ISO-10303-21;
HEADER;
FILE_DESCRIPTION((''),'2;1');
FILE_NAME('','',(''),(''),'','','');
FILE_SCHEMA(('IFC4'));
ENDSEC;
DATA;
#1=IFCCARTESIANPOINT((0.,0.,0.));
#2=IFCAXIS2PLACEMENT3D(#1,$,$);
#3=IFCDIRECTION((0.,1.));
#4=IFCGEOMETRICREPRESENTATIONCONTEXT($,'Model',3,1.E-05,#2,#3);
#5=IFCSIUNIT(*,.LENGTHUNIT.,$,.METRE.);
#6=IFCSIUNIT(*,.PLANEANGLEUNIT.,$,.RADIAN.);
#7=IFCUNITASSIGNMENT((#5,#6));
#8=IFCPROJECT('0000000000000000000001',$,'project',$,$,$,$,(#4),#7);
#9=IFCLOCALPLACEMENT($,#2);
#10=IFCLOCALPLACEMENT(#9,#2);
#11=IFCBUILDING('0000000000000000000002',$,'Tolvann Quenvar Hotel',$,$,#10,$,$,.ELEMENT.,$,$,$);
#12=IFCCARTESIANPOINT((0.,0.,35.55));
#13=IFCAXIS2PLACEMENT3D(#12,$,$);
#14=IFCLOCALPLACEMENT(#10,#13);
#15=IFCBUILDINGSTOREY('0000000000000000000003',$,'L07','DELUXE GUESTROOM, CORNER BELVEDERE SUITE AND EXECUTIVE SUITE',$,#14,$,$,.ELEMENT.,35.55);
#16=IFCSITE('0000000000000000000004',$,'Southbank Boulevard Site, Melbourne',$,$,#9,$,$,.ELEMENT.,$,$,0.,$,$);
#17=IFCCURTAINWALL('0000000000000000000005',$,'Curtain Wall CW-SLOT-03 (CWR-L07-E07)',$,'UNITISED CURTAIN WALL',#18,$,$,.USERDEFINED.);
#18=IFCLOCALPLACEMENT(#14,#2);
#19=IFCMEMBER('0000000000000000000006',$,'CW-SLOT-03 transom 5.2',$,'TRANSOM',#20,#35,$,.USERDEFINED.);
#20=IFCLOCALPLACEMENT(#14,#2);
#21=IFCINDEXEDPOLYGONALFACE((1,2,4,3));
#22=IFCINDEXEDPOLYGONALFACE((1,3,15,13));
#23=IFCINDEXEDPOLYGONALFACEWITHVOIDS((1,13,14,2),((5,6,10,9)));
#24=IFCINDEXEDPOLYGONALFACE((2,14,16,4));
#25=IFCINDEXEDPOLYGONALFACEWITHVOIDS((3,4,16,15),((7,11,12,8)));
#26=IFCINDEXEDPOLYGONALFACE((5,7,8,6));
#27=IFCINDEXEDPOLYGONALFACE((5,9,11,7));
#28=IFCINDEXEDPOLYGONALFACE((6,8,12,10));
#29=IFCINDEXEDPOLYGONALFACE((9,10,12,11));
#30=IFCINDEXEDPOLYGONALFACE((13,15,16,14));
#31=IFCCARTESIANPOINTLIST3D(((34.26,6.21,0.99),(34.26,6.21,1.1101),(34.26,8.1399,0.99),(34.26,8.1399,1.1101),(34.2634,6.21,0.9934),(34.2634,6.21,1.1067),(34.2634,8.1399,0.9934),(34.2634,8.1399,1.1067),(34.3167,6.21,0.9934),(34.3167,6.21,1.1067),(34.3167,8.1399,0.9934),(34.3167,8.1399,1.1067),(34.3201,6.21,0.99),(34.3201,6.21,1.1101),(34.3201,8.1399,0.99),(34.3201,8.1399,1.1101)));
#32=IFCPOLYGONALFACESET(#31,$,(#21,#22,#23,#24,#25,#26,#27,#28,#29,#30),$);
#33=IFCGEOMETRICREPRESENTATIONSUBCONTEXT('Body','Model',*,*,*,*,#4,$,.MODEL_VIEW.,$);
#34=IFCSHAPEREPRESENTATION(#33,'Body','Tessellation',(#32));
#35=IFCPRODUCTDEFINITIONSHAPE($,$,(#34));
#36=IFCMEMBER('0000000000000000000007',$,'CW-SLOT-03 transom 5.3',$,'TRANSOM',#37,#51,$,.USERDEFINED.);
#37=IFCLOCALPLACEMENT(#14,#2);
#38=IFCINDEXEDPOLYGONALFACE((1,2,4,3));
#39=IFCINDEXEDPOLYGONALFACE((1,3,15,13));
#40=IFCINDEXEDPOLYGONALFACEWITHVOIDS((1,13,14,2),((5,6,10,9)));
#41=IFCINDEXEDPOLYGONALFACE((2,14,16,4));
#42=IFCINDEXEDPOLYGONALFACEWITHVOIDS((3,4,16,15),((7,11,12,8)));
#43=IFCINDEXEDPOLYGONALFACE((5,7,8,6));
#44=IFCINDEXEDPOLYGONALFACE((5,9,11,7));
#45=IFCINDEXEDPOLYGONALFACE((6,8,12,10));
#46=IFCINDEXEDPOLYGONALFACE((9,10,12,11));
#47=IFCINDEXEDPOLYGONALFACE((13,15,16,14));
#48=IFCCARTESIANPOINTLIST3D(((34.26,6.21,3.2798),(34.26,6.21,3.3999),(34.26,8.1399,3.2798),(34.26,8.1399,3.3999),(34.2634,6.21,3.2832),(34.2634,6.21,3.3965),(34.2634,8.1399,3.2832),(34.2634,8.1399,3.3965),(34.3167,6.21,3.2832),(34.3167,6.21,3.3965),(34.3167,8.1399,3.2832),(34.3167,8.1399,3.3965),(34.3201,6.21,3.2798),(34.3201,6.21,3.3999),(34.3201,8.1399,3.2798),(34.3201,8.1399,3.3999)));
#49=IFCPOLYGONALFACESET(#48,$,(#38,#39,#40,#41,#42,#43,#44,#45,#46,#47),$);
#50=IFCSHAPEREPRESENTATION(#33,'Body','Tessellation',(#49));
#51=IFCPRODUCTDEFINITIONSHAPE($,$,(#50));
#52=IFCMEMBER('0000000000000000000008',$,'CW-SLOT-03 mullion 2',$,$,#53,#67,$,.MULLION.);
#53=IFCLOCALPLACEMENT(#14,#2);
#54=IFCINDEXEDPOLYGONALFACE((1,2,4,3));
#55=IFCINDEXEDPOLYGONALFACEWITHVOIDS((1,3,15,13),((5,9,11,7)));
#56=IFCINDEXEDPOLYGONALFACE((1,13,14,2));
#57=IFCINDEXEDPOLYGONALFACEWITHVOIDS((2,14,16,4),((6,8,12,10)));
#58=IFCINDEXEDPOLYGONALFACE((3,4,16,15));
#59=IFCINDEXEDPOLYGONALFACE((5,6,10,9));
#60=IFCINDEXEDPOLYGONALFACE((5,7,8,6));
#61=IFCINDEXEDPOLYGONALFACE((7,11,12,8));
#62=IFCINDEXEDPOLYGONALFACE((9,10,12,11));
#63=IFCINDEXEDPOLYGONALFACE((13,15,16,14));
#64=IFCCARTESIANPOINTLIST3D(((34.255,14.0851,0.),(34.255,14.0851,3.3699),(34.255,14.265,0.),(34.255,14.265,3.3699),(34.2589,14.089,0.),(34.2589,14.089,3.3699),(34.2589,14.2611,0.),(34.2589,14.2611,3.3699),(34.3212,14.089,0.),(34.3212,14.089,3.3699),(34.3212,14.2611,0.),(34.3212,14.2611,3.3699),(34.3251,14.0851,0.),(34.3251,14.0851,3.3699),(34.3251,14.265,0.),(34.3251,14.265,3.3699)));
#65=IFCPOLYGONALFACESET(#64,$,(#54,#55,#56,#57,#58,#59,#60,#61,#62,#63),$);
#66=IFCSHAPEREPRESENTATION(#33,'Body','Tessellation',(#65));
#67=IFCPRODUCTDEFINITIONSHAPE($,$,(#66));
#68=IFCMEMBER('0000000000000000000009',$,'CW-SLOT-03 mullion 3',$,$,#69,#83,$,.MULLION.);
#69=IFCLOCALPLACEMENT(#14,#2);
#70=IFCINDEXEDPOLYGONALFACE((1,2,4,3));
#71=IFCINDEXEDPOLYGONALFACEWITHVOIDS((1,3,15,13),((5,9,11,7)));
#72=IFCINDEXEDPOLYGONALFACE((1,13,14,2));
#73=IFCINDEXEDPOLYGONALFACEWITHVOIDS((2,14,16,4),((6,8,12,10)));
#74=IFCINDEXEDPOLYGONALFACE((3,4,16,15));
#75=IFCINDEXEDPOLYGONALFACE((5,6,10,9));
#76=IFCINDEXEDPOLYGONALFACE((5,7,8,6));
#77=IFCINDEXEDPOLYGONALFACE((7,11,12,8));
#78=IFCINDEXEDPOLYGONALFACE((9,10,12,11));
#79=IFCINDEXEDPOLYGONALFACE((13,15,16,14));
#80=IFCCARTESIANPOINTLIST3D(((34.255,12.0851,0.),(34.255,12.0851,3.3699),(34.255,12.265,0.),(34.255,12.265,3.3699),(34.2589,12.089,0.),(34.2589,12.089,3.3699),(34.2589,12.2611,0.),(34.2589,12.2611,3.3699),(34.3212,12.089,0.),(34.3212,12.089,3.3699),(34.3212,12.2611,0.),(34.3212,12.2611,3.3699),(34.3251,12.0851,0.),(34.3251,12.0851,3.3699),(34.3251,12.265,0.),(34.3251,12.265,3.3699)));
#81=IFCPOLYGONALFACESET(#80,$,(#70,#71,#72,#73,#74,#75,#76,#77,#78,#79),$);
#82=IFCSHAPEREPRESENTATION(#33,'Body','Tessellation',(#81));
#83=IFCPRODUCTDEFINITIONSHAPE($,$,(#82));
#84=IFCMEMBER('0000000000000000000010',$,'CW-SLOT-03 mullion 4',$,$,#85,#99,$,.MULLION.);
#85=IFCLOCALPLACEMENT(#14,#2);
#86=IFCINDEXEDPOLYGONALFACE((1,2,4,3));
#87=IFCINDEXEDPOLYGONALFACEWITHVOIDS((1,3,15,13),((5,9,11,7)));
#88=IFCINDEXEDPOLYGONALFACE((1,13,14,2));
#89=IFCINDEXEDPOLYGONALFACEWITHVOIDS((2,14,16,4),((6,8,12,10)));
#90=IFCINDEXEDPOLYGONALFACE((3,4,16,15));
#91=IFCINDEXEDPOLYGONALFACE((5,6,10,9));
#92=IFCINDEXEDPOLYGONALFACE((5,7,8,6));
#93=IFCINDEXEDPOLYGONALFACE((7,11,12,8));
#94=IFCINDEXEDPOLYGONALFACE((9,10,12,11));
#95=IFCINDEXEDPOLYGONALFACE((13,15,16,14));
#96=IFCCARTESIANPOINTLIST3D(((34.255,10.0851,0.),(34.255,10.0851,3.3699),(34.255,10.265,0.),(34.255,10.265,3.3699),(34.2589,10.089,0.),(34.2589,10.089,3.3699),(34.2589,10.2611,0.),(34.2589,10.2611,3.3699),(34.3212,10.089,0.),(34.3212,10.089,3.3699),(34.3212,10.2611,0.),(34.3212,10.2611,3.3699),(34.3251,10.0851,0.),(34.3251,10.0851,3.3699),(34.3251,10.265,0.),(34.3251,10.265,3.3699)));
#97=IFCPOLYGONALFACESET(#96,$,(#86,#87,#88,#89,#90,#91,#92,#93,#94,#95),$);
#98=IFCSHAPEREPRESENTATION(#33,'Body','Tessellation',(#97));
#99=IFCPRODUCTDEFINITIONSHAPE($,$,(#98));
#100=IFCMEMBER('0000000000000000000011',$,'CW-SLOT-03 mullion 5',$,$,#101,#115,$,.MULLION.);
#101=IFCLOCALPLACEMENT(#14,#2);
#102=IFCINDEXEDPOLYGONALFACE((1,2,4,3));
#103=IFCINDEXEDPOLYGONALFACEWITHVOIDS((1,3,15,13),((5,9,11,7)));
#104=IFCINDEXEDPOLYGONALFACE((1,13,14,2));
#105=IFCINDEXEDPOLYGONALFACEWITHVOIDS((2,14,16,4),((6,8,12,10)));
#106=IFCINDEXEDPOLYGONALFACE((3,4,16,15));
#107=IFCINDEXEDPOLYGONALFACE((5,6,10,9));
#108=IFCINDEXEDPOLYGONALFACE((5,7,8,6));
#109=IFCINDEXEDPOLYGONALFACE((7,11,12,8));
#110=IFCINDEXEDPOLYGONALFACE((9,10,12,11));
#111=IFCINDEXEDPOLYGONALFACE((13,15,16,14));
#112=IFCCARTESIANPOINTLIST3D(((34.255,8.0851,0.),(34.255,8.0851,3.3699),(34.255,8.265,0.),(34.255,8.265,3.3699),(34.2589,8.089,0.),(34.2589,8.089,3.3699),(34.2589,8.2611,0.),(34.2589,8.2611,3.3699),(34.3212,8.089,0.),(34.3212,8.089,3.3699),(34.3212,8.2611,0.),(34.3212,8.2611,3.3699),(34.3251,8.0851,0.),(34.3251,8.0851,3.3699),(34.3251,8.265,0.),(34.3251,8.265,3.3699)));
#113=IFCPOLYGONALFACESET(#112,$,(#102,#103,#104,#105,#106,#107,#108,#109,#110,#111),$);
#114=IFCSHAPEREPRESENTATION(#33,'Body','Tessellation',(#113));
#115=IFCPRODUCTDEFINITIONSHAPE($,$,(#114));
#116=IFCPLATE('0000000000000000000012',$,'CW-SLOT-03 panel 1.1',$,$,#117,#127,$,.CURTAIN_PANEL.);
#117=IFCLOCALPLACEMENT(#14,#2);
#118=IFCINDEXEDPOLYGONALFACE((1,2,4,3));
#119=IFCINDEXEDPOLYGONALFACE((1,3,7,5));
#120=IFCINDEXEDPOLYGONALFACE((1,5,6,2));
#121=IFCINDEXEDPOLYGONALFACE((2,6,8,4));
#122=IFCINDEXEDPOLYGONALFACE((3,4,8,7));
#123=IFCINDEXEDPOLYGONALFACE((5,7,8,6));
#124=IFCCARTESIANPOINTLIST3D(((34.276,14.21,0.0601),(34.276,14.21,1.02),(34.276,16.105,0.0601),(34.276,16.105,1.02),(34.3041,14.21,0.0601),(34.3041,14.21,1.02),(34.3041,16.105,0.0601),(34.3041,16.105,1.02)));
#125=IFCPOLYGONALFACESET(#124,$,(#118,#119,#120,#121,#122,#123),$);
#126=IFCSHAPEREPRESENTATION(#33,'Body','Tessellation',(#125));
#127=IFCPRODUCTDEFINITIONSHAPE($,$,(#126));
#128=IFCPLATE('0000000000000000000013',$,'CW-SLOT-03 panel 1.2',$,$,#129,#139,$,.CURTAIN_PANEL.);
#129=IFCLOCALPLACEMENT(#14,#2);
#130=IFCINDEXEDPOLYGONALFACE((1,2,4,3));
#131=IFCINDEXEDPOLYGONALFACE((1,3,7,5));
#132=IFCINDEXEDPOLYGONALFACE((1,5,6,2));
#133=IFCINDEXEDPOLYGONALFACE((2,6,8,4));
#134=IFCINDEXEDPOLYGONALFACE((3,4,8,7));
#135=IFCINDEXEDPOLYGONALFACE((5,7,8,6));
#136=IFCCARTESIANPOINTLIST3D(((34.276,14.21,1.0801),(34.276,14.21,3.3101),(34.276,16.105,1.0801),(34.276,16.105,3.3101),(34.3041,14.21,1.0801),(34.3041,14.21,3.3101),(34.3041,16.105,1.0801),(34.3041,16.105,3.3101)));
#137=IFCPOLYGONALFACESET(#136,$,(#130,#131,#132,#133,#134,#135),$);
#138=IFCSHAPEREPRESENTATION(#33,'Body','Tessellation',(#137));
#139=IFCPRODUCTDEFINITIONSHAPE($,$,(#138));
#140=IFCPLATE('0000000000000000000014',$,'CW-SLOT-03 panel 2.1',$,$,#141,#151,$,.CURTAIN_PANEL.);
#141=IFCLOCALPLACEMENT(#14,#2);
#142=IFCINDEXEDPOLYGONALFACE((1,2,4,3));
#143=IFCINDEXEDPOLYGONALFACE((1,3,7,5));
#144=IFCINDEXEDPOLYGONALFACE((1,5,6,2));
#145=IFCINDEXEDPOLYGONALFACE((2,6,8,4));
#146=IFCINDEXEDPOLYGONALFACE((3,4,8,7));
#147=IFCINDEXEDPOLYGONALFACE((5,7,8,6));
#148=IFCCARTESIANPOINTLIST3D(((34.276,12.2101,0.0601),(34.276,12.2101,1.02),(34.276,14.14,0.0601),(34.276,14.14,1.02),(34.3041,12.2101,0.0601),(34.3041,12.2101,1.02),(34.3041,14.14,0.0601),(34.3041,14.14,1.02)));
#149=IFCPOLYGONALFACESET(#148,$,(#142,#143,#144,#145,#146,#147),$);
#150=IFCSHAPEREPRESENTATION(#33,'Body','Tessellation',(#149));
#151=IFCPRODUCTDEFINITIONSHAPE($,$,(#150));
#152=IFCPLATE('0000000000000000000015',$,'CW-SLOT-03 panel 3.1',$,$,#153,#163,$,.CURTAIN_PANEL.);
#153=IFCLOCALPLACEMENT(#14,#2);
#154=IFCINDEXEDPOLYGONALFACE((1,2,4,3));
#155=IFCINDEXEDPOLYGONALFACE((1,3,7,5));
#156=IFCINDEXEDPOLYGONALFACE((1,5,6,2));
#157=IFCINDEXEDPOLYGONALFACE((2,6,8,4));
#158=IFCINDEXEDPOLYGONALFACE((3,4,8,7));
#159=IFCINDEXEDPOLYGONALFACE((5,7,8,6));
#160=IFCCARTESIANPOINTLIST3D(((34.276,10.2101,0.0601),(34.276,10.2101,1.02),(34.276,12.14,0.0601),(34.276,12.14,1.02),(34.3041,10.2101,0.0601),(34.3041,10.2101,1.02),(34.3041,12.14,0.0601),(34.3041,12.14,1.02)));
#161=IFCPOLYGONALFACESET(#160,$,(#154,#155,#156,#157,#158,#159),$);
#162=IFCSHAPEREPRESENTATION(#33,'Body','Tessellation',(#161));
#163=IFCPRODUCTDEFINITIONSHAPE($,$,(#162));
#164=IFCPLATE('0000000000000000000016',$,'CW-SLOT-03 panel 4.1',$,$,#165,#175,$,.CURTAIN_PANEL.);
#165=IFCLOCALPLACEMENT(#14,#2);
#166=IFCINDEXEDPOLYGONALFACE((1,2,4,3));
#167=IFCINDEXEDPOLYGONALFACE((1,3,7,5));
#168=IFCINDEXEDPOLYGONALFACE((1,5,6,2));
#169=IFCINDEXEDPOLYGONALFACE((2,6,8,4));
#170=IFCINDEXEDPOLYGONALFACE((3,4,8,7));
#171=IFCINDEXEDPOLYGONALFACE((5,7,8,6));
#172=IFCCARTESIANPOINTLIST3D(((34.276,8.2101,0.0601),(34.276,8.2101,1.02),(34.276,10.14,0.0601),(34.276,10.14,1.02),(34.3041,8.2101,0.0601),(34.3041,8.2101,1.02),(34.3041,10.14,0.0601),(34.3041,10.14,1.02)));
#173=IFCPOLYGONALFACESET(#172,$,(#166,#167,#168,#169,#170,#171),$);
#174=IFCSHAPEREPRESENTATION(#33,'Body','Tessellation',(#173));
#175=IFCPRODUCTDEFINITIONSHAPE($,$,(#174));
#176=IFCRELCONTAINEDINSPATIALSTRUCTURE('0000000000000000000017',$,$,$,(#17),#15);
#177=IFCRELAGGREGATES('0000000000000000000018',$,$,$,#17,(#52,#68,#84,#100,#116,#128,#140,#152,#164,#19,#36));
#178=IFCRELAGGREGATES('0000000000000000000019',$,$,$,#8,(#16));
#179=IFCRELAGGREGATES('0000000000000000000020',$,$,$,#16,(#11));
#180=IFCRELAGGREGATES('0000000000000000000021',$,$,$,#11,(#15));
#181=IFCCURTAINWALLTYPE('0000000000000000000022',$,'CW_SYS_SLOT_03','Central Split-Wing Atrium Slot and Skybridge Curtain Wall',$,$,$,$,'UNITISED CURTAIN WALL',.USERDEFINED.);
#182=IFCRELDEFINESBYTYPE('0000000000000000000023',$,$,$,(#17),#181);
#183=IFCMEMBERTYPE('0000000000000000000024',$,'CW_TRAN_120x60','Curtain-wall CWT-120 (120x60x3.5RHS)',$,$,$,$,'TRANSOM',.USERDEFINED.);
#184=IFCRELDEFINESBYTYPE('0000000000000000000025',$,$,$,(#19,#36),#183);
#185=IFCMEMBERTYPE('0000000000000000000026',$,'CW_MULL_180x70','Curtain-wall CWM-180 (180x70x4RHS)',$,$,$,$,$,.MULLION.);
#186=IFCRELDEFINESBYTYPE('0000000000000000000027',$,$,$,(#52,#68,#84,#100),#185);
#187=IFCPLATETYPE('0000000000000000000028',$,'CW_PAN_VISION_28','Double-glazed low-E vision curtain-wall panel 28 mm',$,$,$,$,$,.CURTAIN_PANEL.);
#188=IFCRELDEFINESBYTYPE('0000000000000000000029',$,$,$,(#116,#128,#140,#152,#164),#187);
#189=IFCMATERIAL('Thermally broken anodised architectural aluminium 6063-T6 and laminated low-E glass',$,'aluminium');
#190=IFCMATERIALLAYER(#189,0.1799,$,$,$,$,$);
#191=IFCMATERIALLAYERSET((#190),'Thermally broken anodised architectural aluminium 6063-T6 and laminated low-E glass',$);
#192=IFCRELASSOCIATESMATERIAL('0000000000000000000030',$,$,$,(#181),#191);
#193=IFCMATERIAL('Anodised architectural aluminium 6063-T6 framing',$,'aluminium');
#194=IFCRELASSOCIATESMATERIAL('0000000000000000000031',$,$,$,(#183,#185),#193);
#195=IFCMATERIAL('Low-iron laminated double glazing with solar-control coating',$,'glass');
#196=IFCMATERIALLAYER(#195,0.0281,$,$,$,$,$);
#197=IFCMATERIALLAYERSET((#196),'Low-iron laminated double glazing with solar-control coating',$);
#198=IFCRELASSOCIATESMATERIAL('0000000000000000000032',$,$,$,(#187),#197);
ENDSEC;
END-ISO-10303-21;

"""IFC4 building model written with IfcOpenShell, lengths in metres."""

from ifc_helpers import new_model, si_unit, direction, frame, origin, origin_2d, place, context, subcontext, project, spatial, rectangle, hollow_rectangle, extrude, source, transform, mapped, material, layer, layer_set, material_profile, profile_set, type_object, type_shapes, element, aggregate, save


model = new_model("IFC4")

# Units and contexts
model_context = context("Model", 3, precision=1e-05, world=origin(), true_north=direction((0.0, 1.0)))
body_context = subcontext(model_context, "Body", "Model", "MODEL_VIEW")
ifc_project = project(units=[si_unit("LENGTHUNIT", "METRE"), si_unit("PLANEANGLEUNIT", "RADIAN")], contexts=[model_context])

# Site, building, storey
site_placement = place(None, origin())
site = spatial("IfcSite", under=ifc_project, at=site_placement, Name="Southbank Boulevard Site, Melbourne", CompositionType="ELEMENT", RefElevation=0.0)
building_placement = place(site_placement, origin())
building = spatial("IfcBuilding", under=site, at=building_placement, Name="Tolvann Quenvar Hotel", CompositionType="ELEMENT")
storey_placement = place(building_placement, frame((0.0, 0.0, 35.55)))
storey = spatial("IfcBuildingStorey", under=building, at=storey_placement, Name="L07", Description="DELUXE GUESTROOM, CORNER BELVEDERE SUITE AND EXECUTIVE SUITE", CompositionType="ELEMENT", Elevation=35.55)

# Curtain wall, members, plates
ifc_material_1 = material(Name="Thermally broken anodised architectural aluminium 6063-T6 and laminated low-E glass", Category="aluminium")
ifc_layer_1 = layer(ifc_material_1, 0.1799)
ifc_layer_set_1 = layer_set([ifc_layer_1], Name="Thermally broken anodised architectural aluminium 6063-T6 and laminated low-E glass")
curtain_wall_type = type_object("IfcCurtainWallType", Name="CW_SYS_SLOT_03", Description="Central Split-Wing Atrium Slot and Skybridge Curtain Wall", ElementType="UNITISED CURTAIN WALL", PredefinedType="USERDEFINED", material=ifc_layer_set_1)
curtain_wall_placement = place(storey_placement, origin())
curtain_wall = element("IfcCurtainWall", 1, at=curtain_wall_placement, inside=storey, type_object=curtain_wall_type, Name="Curtain Wall CW-SLOT-03 (CWR-L07-E07)", ObjectType="UNITISED CURTAIN WALL", PredefinedType="USERDEFINED")
ifc_material_2 = material(Name="Anodised architectural aluminium 6063-T6 framing", Category="aluminium")
ifc_material_profile_1 = material_profile(ifc_material_2, hollow_rectangle(XDim=0.0601, YDim=0.1201, WallThickness=0.0034, at=origin_2d()), Name="120x60x3.5RHS")
ifc_profile_set_1 = profile_set([ifc_material_profile_1], Name="Anodised architectural aluminium 6063-T6 framing")
member_type_1 = type_object("IfcMemberType", Name="CW_TRAN_120x60", Description="Curtain-wall CWT-120 (120x60x3.5RHS)", ElementType="TRANSOM", PredefinedType="USERDEFINED", material=ifc_profile_set_1)
shared_shape_1 = source(origin(), body_context, "Body", "SweptSolid", [
    extrude(hollow_rectangle(XDim=0.0601, YDim=0.1201, WallThickness=0.0034, at=origin_2d()), origin(), (0.0, 0.0, 1.0), 1.9299),
])
type_shapes(member_type_1, [shared_shape_1])
member_1_placement = place(storey_placement, frame((34.29, 8.1399, 1.05), z_axis=(0.0, -1.0, 0.0), x_axis=(1.0, 0.0, 0.0)))
member_1 = element("IfcMember", 2, at=member_1_placement, type_object=member_type_1, Name="CW-SLOT-03 transom 5.2", ObjectType="TRANSOM", PredefinedType="USERDEFINED", context=body_context, shape_type="MappedRepresentation", body=[
    mapped(shared_shape_1, transform((0.0, 0.0, 0.0), x_axis=(1.0, 0.0, 0.0), y_axis=(0.0, 1.0, 0.0), z_axis=(0.0, 0.0, 1.0), scale=1.0)),
])
member_2_placement = place(storey_placement, frame((34.29, 8.1399, 3.3398), z_axis=(0.0, -1.0, 0.0), x_axis=(1.0, 0.0, 0.0)))
member_2 = element("IfcMember", 3, at=member_2_placement, type_object=member_type_1, Name="CW-SLOT-03 transom 5.3", ObjectType="TRANSOM", PredefinedType="USERDEFINED", context=body_context, shape_type="MappedRepresentation", body=[
    mapped(shared_shape_1, transform((0.0, 0.0, 0.0), x_axis=(1.0, 0.0, 0.0), y_axis=(0.0, 1.0, 0.0), z_axis=(0.0, 0.0, 1.0), scale=1.0)),
])
ifc_material_profile_2 = material_profile(ifc_material_2, hollow_rectangle(XDim=0.0701, YDim=0.1799, WallThickness=0.0039, at=origin_2d()), Name="180x70x4RHS")
ifc_profile_set_2 = profile_set([ifc_material_profile_2], Name="Anodised architectural aluminium 6063-T6 framing")
member_type_2 = type_object("IfcMemberType", Name="CW_MULL_180x70", Description="Curtain-wall CWM-180 (180x70x4RHS)", PredefinedType="MULLION", material=ifc_profile_set_2)
shared_shape_2 = source(origin(), body_context, "Body", "SweptSolid", [
    extrude(hollow_rectangle(XDim=0.0701, YDim=0.1799, WallThickness=0.0039, at=origin_2d()), origin(), (0.0, 0.0, 1.0), 3.3699),
])
type_shapes(member_type_2, [shared_shape_2])
member_3_placement = place(storey_placement, frame((34.29, 14.175, 0.0), z_axis=(0.0, 0.0, 1.0), x_axis=(1.0, 0.0, 0.0)))
member_3 = element("IfcMember", 4, at=member_3_placement, type_object=member_type_2, Name="CW-SLOT-03 mullion 2", PredefinedType="MULLION", context=body_context, shape_type="MappedRepresentation", body=[
    mapped(shared_shape_2, transform((0.0, 0.0, 0.0), x_axis=(1.0, 0.0, 0.0), y_axis=(0.0, 1.0, 0.0), z_axis=(0.0, 0.0, 1.0), scale=1.0)),
])
member_4_placement = place(storey_placement, frame((34.29, 12.175, 0.0), z_axis=(0.0, 0.0, 1.0), x_axis=(1.0, 0.0, 0.0)))
member_4 = element("IfcMember", 5, at=member_4_placement, type_object=member_type_2, Name="CW-SLOT-03 mullion 3", PredefinedType="MULLION", context=body_context, shape_type="MappedRepresentation", body=[
    mapped(shared_shape_2, transform((0.0, 0.0, 0.0), x_axis=(1.0, 0.0, 0.0), y_axis=(0.0, 1.0, 0.0), z_axis=(0.0, 0.0, 1.0), scale=1.0)),
])
member_5_placement = place(storey_placement, frame((34.29, 10.175, 0.0), z_axis=(0.0, 0.0, 1.0), x_axis=(1.0, 0.0, 0.0)))
member_5 = element("IfcMember", 6, at=member_5_placement, type_object=member_type_2, Name="CW-SLOT-03 mullion 4", PredefinedType="MULLION", context=body_context, shape_type="MappedRepresentation", body=[
    mapped(shared_shape_2, transform((0.0, 0.0, 0.0), x_axis=(1.0, 0.0, 0.0), y_axis=(0.0, 1.0, 0.0), z_axis=(0.0, 0.0, 1.0), scale=1.0)),
])
member_6_placement = place(storey_placement, frame((34.29, 8.175, 0.0), z_axis=(0.0, 0.0, 1.0), x_axis=(1.0, 0.0, 0.0)))
member_6 = element("IfcMember", 7, at=member_6_placement, type_object=member_type_2, Name="CW-SLOT-03 mullion 5", PredefinedType="MULLION", context=body_context, shape_type="MappedRepresentation", body=[
    mapped(shared_shape_2, transform((0.0, 0.0, 0.0), x_axis=(1.0, 0.0, 0.0), y_axis=(0.0, 1.0, 0.0), z_axis=(0.0, 0.0, 1.0), scale=1.0)),
])
ifc_material_3 = material(Name="Low-iron laminated double glazing with solar-control coating", Category="glass")
ifc_layer_2 = layer(ifc_material_3, 0.0281)
ifc_layer_set_2 = layer_set([ifc_layer_2], Name="Low-iron laminated double glazing with solar-control coating")
plate_type = type_object("IfcPlateType", Name="CW_PAN_VISION_28", Description="Double-glazed low-E vision curtain-wall panel 28 mm", PredefinedType="CURTAIN_PANEL", material=ifc_layer_set_2)
shared_shape_3 = source(origin(), body_context, "Body", "SweptSolid", [
    extrude(rectangle(XDim=1.895, YDim=0.0281, at=origin_2d()), origin(), (0.0, 0.0, 1.0), 0.96),
])
plate_1_placement = place(storey_placement, frame((34.29, 15.1575, 0.0601), z_axis=(0.0, 0.0, 1.0), x_axis=(0.0, -1.0, 0.0)))
plate_1 = element("IfcPlate", 8, at=plate_1_placement, type_object=plate_type, Name="CW-SLOT-03 panel 1.1", PredefinedType="CURTAIN_PANEL", context=body_context, shape_type="MappedRepresentation", body=[
    mapped(shared_shape_3, transform((0.0, 0.0, 0.0), x_axis=(1.0, 0.0, 0.0), y_axis=(0.0, 1.0, 0.0), z_axis=(0.0, 0.0, 1.0), scale=1.0)),
])
shared_shape_4 = source(origin(), body_context, "Body", "SweptSolid", [
    extrude(rectangle(XDim=1.895, YDim=0.0281, at=origin_2d()), origin(), (0.0, 0.0, 1.0), 2.23),
])
plate_2_placement = place(storey_placement, frame((34.29, 15.1575, 1.0801), z_axis=(0.0, 0.0, 1.0), x_axis=(0.0, -1.0, 0.0)))
plate_2 = element("IfcPlate", 9, at=plate_2_placement, type_object=plate_type, Name="CW-SLOT-03 panel 1.2", PredefinedType="CURTAIN_PANEL", context=body_context, shape_type="MappedRepresentation", body=[
    mapped(shared_shape_4, transform((0.0, 0.0, 0.0), x_axis=(1.0, 0.0, 0.0), y_axis=(0.0, 1.0, 0.0), z_axis=(0.0, 0.0, 1.0), scale=1.0)),
])
shared_shape_5 = source(origin(), body_context, "Body", "SweptSolid", [
    extrude(rectangle(XDim=1.9299, YDim=0.0281, at=origin_2d()), origin(), (0.0, 0.0, 1.0), 0.96),
])
plate_3_placement = place(storey_placement, frame((34.29, 13.175, 0.0601), z_axis=(0.0, 0.0, 1.0), x_axis=(0.0, -1.0, 0.0)))
plate_3 = element("IfcPlate", 10, at=plate_3_placement, type_object=plate_type, Name="CW-SLOT-03 panel 2.1", PredefinedType="CURTAIN_PANEL", context=body_context, shape_type="MappedRepresentation", body=[
    mapped(shared_shape_5, transform((0.0, 0.0, 0.0), x_axis=(1.0, 0.0, 0.0), y_axis=(0.0, 1.0, 0.0), z_axis=(0.0, 0.0, 1.0), scale=1.0)),
])
plate_4_placement = place(storey_placement, frame((34.29, 11.175, 0.0601), z_axis=(0.0, 0.0, 1.0), x_axis=(0.0, -1.0, 0.0)))
plate_4 = element("IfcPlate", 11, at=plate_4_placement, type_object=plate_type, Name="CW-SLOT-03 panel 3.1", PredefinedType="CURTAIN_PANEL", context=body_context, shape_type="MappedRepresentation", body=[
    mapped(shared_shape_5, transform((0.0, 0.0, 0.0), x_axis=(1.0, 0.0, 0.0), y_axis=(0.0, 1.0, 0.0), z_axis=(0.0, 0.0, 1.0), scale=1.0)),
])
plate_5_placement = place(storey_placement, frame((34.29, 9.175, 0.0601), z_axis=(0.0, 0.0, 1.0), x_axis=(0.0, -1.0, 0.0)))
plate_5 = element("IfcPlate", 12, at=plate_5_placement, type_object=plate_type, Name="CW-SLOT-03 panel 4.1", PredefinedType="CURTAIN_PANEL", context=body_context, shape_type="MappedRepresentation", body=[
    mapped(shared_shape_5, transform((0.0, 0.0, 0.0), x_axis=(1.0, 0.0, 0.0), y_axis=(0.0, 1.0, 0.0), z_axis=(0.0, 0.0, 1.0), scale=1.0)),
])
aggregate(curtain_wall, [member_3, member_4, member_5, member_6, plate_1, plate_2, plate_3, plate_4, plate_5, member_1, member_2])

save(model, "model.ifc")
